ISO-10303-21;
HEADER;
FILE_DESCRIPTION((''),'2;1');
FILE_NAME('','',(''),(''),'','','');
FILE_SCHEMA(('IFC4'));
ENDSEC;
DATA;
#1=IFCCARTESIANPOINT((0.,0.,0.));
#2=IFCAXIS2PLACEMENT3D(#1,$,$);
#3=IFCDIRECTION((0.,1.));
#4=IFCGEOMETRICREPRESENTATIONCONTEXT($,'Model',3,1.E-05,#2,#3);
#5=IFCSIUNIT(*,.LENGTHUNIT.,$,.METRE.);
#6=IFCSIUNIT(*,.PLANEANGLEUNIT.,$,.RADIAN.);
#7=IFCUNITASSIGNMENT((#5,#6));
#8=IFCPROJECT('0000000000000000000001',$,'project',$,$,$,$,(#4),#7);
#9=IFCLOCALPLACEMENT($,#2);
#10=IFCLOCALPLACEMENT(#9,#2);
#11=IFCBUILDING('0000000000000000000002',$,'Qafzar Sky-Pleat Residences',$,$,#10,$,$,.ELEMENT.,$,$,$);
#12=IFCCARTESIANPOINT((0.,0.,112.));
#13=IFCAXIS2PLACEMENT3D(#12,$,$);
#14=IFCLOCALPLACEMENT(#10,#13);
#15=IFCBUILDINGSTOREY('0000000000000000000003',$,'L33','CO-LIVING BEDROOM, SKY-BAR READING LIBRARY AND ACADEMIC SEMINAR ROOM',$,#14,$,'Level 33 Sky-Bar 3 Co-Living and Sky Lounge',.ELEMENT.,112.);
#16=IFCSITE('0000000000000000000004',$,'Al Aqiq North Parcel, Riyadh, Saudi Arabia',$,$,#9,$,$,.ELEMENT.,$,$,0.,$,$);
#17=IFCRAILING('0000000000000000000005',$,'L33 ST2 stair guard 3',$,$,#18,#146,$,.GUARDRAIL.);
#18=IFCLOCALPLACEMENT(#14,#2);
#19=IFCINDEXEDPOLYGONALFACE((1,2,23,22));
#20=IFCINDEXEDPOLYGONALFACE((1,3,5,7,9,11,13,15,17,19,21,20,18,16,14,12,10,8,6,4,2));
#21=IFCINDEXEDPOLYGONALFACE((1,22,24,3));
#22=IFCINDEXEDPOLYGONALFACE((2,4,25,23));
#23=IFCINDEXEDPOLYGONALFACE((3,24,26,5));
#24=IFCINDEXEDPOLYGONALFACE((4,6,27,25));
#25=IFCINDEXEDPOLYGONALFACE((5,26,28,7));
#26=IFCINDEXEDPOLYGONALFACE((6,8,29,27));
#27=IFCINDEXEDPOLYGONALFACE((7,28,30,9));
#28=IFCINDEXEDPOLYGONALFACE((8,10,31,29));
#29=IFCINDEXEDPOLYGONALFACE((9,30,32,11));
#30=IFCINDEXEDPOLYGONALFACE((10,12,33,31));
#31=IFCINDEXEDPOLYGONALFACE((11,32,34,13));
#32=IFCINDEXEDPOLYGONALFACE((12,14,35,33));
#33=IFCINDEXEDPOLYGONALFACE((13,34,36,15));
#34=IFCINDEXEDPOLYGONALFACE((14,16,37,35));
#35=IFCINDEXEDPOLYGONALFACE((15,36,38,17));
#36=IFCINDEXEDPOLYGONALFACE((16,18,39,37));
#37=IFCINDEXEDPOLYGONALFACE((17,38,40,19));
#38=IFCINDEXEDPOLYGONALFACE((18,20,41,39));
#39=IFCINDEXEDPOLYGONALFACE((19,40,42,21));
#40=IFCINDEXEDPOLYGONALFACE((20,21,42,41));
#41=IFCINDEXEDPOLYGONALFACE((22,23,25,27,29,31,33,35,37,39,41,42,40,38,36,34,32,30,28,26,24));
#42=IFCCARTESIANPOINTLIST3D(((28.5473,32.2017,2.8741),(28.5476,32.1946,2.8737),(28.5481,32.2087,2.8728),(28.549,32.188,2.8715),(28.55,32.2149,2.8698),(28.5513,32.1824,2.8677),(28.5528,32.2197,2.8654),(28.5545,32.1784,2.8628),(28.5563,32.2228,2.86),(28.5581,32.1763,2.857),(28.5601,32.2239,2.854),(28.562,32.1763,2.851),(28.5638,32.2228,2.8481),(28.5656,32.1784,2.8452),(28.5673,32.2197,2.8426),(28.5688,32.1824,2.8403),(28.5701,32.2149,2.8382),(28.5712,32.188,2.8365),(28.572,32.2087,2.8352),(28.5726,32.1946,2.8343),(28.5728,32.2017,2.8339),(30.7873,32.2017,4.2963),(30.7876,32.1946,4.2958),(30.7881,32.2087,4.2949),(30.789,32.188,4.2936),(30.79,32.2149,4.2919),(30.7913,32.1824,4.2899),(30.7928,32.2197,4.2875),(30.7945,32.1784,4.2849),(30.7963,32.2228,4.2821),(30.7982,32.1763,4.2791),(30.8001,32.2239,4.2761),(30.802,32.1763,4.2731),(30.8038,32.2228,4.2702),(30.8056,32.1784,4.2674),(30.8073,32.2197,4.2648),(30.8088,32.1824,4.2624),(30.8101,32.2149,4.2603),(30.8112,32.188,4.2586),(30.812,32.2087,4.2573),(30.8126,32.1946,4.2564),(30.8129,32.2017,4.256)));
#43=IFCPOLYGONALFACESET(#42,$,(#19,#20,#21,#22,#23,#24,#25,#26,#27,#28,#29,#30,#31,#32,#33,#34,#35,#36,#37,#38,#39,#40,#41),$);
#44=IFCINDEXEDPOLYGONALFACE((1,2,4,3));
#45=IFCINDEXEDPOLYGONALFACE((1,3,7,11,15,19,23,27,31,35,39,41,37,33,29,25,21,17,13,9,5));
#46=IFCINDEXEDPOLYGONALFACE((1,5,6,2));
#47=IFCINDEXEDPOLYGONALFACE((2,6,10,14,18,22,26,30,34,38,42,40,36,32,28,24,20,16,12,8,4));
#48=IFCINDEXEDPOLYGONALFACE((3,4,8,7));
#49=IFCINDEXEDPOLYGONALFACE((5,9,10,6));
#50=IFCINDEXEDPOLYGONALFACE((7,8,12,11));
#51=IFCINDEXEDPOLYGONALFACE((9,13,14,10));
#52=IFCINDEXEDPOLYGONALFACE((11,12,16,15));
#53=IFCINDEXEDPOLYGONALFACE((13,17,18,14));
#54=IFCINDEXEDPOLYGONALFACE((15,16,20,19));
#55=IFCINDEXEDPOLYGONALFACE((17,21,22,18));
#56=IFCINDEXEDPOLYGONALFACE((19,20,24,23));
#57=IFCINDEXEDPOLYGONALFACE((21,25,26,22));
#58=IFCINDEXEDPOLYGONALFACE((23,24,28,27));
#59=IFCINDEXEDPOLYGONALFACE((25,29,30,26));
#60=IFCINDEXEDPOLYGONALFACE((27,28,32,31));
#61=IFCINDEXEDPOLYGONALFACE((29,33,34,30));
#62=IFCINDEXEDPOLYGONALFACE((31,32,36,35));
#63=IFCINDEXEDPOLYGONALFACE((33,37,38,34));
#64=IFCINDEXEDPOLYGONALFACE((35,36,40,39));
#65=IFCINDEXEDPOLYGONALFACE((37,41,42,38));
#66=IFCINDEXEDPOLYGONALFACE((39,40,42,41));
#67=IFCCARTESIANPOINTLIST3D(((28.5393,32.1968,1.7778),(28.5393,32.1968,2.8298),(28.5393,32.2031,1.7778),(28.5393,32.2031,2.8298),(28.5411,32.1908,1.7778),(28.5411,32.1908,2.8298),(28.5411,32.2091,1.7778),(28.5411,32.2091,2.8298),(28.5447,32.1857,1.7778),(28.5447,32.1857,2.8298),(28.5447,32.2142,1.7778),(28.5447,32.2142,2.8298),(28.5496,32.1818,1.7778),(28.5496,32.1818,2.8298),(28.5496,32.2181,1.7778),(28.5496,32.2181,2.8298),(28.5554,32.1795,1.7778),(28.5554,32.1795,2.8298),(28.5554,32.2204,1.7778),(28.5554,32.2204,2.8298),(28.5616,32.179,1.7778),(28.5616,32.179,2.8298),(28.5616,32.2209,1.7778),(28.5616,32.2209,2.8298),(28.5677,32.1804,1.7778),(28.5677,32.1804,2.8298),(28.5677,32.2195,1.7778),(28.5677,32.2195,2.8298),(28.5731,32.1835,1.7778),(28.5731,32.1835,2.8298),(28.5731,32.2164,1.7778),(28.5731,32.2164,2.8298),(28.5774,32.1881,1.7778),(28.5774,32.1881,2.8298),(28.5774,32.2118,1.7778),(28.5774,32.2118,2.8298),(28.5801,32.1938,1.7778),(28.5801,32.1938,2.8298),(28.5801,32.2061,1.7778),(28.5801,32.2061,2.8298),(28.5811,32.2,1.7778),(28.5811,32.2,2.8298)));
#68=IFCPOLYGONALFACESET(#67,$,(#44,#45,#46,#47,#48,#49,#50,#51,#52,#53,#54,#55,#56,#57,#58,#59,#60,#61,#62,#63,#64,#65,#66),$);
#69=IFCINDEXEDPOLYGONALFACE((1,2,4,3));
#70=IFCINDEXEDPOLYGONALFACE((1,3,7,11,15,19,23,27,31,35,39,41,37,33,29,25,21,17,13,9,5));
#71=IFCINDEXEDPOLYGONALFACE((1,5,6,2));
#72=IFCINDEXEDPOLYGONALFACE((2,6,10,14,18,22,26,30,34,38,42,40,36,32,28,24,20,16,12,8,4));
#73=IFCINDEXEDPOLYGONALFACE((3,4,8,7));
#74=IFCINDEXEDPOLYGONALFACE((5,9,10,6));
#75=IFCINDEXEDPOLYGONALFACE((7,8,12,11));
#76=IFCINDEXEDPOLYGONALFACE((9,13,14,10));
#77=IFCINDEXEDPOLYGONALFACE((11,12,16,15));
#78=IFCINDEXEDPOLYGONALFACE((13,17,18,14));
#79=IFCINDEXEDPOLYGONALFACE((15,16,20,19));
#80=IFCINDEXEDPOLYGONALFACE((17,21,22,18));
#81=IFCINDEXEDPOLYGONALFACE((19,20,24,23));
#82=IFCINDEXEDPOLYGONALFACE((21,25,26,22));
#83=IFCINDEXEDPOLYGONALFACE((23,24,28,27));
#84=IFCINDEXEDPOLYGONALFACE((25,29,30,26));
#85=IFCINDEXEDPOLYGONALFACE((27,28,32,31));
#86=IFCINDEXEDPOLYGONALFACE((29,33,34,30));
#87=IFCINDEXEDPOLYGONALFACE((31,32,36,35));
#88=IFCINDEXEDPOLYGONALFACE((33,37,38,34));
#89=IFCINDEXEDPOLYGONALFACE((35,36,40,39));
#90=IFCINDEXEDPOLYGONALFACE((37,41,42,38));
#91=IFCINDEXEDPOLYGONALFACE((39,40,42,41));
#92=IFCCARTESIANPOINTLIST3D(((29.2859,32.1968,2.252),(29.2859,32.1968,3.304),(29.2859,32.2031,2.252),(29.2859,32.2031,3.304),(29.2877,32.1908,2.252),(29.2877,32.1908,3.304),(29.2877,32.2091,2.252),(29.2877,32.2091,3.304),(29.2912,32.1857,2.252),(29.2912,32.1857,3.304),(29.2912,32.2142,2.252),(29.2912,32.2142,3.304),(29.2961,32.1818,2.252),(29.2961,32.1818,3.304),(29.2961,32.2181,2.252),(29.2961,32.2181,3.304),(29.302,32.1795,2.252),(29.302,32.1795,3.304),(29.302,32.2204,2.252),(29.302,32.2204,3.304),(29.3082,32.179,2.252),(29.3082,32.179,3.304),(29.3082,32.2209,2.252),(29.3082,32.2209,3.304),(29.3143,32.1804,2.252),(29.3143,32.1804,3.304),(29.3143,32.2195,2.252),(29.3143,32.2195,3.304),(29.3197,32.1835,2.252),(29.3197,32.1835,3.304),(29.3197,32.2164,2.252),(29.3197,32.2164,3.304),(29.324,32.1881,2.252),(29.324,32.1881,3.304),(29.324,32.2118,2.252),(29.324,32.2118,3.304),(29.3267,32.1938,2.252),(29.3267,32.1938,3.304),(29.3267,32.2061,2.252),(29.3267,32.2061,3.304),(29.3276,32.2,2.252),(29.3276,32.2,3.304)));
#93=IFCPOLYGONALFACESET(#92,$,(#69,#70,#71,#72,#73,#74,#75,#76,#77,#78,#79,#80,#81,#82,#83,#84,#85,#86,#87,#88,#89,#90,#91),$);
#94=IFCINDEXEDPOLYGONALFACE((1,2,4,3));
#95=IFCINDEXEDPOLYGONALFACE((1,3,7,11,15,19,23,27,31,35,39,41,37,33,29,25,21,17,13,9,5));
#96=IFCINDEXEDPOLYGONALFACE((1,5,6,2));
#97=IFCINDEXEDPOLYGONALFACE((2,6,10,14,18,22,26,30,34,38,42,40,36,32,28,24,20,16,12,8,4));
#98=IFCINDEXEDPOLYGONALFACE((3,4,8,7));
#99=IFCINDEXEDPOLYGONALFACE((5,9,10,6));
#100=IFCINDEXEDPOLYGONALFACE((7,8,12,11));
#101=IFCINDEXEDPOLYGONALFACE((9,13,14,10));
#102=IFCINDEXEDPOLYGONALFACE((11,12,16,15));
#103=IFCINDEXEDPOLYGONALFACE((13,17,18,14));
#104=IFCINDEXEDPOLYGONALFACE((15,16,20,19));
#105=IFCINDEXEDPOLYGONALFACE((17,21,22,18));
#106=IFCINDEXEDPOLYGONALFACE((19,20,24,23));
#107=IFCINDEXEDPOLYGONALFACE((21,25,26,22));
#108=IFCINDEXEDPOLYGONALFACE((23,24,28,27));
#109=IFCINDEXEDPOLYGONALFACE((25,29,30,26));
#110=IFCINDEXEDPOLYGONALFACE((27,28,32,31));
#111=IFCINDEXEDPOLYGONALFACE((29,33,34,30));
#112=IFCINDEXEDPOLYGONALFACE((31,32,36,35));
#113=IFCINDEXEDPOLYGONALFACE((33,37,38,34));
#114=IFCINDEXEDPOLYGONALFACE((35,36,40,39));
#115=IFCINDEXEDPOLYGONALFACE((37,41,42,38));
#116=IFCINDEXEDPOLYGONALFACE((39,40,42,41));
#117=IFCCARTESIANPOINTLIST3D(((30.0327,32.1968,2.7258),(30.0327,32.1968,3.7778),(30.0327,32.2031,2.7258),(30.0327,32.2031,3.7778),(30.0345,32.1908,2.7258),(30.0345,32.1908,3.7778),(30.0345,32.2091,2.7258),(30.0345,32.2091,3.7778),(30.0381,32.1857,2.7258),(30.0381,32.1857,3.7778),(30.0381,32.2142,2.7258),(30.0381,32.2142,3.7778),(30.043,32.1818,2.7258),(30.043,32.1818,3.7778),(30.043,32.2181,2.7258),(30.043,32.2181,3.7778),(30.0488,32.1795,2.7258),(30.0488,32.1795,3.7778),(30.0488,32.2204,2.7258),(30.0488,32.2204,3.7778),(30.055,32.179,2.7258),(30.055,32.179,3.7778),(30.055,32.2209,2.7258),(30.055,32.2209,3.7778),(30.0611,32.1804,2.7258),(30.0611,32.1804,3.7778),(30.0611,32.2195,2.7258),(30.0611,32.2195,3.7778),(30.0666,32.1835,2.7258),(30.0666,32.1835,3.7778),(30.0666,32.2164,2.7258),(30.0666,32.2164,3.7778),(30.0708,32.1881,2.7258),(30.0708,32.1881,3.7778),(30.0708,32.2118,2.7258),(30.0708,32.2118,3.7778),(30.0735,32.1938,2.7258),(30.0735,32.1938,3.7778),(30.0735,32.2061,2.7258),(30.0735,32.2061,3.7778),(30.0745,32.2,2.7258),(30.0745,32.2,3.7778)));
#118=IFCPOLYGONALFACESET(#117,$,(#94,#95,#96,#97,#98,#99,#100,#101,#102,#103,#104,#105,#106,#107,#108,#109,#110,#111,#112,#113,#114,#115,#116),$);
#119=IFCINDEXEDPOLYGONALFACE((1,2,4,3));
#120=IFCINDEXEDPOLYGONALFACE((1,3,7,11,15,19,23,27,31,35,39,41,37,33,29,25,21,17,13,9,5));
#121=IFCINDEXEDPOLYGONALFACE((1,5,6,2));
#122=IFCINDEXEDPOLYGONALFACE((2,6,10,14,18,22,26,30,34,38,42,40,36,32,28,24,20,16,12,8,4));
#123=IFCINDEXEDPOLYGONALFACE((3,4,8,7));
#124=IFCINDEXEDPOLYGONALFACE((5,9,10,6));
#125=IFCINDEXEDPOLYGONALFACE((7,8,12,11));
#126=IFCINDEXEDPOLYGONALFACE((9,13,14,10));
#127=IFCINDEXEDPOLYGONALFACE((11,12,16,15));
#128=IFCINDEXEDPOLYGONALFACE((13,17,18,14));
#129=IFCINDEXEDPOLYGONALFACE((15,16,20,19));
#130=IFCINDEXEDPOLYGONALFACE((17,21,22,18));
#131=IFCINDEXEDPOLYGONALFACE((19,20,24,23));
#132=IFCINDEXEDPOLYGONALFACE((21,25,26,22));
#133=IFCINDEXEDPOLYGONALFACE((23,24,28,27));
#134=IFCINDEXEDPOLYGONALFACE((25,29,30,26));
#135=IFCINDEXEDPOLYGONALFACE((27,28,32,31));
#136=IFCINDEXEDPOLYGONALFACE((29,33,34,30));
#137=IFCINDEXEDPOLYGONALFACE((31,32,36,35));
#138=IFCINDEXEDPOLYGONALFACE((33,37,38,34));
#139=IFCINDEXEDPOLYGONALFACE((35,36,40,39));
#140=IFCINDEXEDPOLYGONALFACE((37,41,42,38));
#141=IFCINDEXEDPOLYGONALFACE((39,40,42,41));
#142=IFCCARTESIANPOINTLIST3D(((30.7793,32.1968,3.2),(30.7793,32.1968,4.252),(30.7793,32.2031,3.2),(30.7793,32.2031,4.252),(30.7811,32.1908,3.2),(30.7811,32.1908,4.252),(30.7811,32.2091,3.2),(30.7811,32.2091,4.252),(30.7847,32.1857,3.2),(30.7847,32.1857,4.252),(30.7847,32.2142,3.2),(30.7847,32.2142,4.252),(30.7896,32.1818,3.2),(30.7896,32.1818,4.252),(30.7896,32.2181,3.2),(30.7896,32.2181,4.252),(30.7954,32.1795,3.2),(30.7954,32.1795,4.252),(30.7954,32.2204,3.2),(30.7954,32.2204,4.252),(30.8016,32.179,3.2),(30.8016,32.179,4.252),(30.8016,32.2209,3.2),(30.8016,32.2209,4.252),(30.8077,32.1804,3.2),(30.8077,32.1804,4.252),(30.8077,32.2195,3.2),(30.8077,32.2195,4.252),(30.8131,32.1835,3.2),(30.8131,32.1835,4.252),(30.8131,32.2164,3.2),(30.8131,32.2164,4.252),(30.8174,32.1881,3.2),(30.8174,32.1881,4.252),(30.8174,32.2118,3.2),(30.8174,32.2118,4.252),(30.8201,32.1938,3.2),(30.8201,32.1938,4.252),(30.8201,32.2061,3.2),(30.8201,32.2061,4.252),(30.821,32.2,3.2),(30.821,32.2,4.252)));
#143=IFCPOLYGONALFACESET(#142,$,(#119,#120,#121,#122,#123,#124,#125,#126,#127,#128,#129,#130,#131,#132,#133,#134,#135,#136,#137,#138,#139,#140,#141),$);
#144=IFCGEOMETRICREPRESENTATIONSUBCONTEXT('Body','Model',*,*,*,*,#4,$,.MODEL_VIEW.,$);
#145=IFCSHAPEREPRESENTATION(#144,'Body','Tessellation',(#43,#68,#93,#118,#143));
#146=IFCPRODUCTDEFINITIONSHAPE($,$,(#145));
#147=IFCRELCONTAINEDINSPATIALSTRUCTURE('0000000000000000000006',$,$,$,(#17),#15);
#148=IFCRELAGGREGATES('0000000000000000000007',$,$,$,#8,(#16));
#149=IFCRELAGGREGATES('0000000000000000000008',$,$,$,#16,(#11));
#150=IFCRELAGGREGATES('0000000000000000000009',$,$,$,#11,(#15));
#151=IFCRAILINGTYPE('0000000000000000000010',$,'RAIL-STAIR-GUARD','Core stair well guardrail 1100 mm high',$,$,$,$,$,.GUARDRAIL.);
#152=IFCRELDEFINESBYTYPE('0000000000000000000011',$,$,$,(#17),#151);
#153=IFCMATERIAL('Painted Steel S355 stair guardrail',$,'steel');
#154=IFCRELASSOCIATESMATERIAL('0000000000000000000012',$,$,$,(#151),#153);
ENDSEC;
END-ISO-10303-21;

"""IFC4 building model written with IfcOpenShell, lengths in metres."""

from ifc_helpers import new_model, si_unit, direction, frame, origin, origin_2d, place, context, subcontext, project, spatial, circle, extrude, source, transform, mapped, material, type_object, element, save


model = new_model("IFC4")

# Units and contexts
model_context = context("Model", 3, precision=1e-05, world=origin(), true_north=direction((0.0, 1.0)))
body_context = subcontext(model_context, "Body", "Model", "MODEL_VIEW")
ifc_project = project(units=[si_unit("LENGTHUNIT", "METRE"), si_unit("PLANEANGLEUNIT", "RADIAN")], contexts=[model_context])

# Site, building, storey
site_placement = place(None, origin())
site = spatial("IfcSite", under=ifc_project, at=site_placement, Name="Al Aqiq North Parcel, Riyadh, Saudi Arabia", CompositionType="ELEMENT", RefElevation=0.0)
building_placement = place(site_placement, origin())
building = spatial("IfcBuilding", under=site, at=building_placement, Name="Qafzar Sky-Pleat Residences", CompositionType="ELEMENT")
storey_placement = place(building_placement, frame((0.0, 0.0, 112.0)))
storey = spatial("IfcBuildingStorey", under=building, at=storey_placement, Name="L33", Description="CO-LIVING BEDROOM, SKY-BAR READING LIBRARY AND ACADEMIC SEMINAR ROOM", LongName="Level 33 Sky-Bar 3 Co-Living and Sky Lounge", CompositionType="ELEMENT", Elevation=112.0)

# Railing
ifc_material_1 = material(Name="Painted Steel S355 stair guardrail", Category="steel")
railing_type_1 = type_object("IfcRailingType", Name="RAIL-STAIR-GUARD", Description="Core stair well guardrail 1100 mm high", PredefinedType="GUARDRAIL", material=ifc_material_1)
shared_shape_1 = source(origin(), body_context, "Body", "SweptSolid", [
    extrude(circle(Radius=0.0239, at=origin_2d()), frame((0.0, 0.0, 1.0762), z_axis=(0.844229, 0.0, 0.535982), x_axis=(0.0, 1.0, 0.0)), (0.0, 0.0, 1.0), 2.6533),
    extrude(circle(Radius=0.021, at=origin_2d()), origin(), (0.0, 0.0, 1.0), 1.052),
    extrude(circle(Radius=0.021, at=origin_2d()), frame((0.7466, 0.0, 0.4741)), (0.0, 0.0, 1.0), 1.052),
    extrude(circle(Radius=0.021, at=origin_2d()), frame((1.4934, 0.0, 0.948)), (0.0, 0.0, 1.0), 1.052),
    extrude(circle(Radius=0.021, at=origin_2d()), frame((2.24, 0.0, 1.4221)), (0.0, 0.0, 1.0), 1.052),
])
railing_1_placement = place(storey_placement, frame((28.5601, 32.2, 1.7778)))
element("IfcRailing", 1, at=railing_1_placement, inside=storey, type_object=railing_type_1, Name="L33 ST2 stair guard 3", PredefinedType="GUARDRAIL", context=body_context, shape_type="MappedRepresentation", body=[
    mapped(shared_shape_1, transform((0.0, 0.0, 0.0), x_axis=(1.0, 0.0, 0.0), y_axis=(0.0, 1.0, 0.0), z_axis=(0.0, 0.0, 1.0), scale=1.0)),
])

save(model, "model.ifc")
